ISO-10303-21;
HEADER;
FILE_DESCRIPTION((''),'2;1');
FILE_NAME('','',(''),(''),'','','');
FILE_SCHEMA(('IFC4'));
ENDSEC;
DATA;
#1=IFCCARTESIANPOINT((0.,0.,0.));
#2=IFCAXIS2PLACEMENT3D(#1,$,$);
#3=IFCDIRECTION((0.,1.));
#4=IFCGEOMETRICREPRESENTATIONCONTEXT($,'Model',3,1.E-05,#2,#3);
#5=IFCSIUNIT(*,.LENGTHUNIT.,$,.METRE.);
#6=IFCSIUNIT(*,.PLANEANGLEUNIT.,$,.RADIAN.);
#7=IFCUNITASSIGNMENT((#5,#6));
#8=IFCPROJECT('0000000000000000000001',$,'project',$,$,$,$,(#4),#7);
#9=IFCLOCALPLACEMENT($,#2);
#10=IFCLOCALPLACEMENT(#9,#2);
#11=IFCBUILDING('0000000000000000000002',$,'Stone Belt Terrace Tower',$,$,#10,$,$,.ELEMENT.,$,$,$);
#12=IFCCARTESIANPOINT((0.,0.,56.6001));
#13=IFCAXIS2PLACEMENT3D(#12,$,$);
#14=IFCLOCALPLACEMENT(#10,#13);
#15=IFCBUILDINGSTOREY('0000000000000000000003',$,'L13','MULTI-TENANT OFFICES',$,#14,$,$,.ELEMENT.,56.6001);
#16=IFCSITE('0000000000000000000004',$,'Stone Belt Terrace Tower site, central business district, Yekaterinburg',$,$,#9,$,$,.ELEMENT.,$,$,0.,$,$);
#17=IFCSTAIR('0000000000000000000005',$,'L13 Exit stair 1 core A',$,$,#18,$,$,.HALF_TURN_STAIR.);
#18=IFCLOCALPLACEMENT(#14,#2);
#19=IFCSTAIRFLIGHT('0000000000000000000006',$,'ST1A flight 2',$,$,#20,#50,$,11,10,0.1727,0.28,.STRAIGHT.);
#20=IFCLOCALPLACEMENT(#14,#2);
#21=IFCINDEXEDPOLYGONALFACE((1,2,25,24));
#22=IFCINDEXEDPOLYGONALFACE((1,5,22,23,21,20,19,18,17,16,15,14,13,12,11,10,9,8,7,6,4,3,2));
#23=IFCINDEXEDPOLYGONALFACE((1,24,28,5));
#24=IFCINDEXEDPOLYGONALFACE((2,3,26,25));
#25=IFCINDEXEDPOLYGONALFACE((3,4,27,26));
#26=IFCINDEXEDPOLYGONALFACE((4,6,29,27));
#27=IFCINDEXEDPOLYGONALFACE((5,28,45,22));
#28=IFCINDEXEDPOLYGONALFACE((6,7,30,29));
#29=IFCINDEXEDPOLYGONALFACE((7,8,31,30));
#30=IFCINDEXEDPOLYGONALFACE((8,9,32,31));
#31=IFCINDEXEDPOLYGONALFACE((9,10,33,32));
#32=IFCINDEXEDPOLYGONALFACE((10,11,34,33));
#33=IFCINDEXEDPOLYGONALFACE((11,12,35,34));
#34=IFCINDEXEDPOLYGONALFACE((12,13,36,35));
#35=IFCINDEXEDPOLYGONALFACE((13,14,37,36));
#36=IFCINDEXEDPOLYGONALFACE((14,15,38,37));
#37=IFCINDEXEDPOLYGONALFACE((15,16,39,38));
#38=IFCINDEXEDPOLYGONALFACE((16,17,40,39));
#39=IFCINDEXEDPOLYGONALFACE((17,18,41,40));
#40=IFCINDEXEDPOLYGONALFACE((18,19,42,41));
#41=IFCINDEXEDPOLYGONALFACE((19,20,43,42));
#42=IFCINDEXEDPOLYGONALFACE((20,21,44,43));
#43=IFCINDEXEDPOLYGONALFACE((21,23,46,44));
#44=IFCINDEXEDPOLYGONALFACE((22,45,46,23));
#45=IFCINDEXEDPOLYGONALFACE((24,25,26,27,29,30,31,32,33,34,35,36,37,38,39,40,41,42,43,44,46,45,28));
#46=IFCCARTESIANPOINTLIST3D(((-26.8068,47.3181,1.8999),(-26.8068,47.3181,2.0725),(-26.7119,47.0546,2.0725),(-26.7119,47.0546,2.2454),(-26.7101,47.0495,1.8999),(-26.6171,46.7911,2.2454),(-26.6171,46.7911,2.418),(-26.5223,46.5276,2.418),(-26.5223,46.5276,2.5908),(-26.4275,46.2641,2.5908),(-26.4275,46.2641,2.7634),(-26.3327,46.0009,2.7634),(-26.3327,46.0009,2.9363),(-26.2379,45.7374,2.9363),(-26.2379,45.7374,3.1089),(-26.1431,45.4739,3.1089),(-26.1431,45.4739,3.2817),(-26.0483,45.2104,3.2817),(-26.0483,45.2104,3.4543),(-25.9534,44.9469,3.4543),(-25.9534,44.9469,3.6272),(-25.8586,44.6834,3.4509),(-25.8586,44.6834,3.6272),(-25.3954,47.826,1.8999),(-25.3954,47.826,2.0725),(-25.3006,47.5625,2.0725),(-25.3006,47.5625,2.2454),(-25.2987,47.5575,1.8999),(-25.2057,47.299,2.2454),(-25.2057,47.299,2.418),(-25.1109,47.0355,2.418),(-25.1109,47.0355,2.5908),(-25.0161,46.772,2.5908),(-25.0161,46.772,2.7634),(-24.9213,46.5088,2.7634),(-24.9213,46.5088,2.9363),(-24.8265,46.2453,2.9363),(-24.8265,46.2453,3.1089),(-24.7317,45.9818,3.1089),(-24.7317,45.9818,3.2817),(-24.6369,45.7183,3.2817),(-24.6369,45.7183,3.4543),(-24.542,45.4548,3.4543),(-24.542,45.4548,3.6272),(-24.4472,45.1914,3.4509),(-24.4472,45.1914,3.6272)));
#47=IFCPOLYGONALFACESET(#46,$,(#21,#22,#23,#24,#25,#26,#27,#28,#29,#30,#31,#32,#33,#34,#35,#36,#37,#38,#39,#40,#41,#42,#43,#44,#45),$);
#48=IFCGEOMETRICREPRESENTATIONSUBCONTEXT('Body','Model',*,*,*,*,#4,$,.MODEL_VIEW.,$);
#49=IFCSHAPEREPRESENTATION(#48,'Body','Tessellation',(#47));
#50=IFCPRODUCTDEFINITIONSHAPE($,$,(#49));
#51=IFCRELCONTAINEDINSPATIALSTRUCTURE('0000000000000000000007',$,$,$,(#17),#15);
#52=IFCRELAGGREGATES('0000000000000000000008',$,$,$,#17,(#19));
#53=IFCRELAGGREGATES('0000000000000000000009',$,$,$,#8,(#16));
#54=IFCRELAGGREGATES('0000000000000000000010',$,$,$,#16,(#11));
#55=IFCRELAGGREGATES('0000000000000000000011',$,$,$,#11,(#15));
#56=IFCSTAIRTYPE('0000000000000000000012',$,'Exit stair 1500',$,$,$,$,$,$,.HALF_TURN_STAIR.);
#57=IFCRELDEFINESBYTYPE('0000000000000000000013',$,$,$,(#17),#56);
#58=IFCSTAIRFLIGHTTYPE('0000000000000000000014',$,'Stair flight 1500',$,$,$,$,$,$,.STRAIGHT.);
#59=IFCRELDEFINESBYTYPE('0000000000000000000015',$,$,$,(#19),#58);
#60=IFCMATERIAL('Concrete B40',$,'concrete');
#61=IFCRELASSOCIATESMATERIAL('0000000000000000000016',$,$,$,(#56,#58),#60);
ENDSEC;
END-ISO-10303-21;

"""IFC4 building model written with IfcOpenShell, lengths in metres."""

from ifc_helpers import new_model, si_unit, direction, frame, origin, place, context, subcontext, project, spatial, polyline, outline, extrude, material, type_object, element, aggregate, save


model = new_model("IFC4")

# Units and contexts
model_context = context("Model", 3, precision=1e-05, world=origin(), true_north=direction((0.0, 1.0)))
body_context = subcontext(model_context, "Body", "Model", "MODEL_VIEW")
ifc_project = project(units=[si_unit("LENGTHUNIT", "METRE"), si_unit("PLANEANGLEUNIT", "RADIAN")], contexts=[model_context])

# Site, building, storey
site_placement = place(None, origin())
site = spatial("IfcSite", under=ifc_project, at=site_placement, Name="Stone Belt Terrace Tower site, central business district, Yekaterinburg", CompositionType="ELEMENT", RefElevation=0.0)
building_placement = place(site_placement, origin())
building = spatial("IfcBuilding", under=site, at=building_placement, Name="Stone Belt Terrace Tower", CompositionType="ELEMENT")
storey_placement = place(building_placement, frame((0.0, 0.0, 56.6001)))
storey = spatial("IfcBuildingStorey", under=building, at=storey_placement, Name="L13", Description="MULTI-TENANT OFFICES", CompositionType="ELEMENT", Elevation=56.6001)

# Stair, stair flight
ifc_material_1 = material(Name="Concrete B40", Category="concrete")
stair_type = type_object("IfcStairType", Name="Exit stair 1500", PredefinedType="HALF_TURN_STAIR", material=ifc_material_1)
stair_placement = place(storey_placement, origin())
stair = element("IfcStair", 1, at=stair_placement, inside=storey, type_object=stair_type, Name="L13 Exit stair 1 core A", PredefinedType="HALF_TURN_STAIR")
stair_flight_type = type_object("IfcStairFlightType", Name="Stair flight 1500", PredefinedType="STRAIGHT", material=ifc_material_1)
stair_flight_1_placement = place(storey_placement, frame((-26.1011, 47.572, 1.8999), z_axis=(0.0, 0.0, 1.0), x_axis=(0.338624, -0.940922, 0.0)))
stair_flight_1 = element("IfcStairFlight", 2, at=stair_flight_1_placement, type_object=stair_flight_type, Name="ST1A flight 2", NumberOfRisers=11, NumberOfTreads=10, PredefinedType="STRAIGHT", RiserHeight=0.1727, TreadLength=0.28, context=body_context, shape_type="SweptSolid", body=[
    extrude(outline(polyline([(0.0, 0.0), (0.0, 0.1726), (0.28, 0.1726), (0.28, 0.3455), (0.5601, 0.3455), (0.5601, 0.5181), (0.8401, 0.5181), (0.8401, 0.6909), (1.1201, 0.6909), (1.1201, 0.8635), (1.3999, 0.8635), (1.3999, 1.0364), (1.6799, 1.0364), (1.6799, 1.209), (1.96, 1.209), (1.96, 1.3818), (2.24, 1.3818), (2.24, 1.5544), (2.52, 1.5544), (2.52, 1.7273), (2.8, 1.7273), (2.8, 1.8999), (2.8, 1.551), (0.2854, 0.0), (0.0, 0.0)])), frame((0.0, 0.75, 0.0), z_axis=(0.0, -1.0, 0.0), x_axis=(1.0, 0.0, 0.0)), (0.0, 0.0, 1.0), 1.5),
])
aggregate(stair, [stair_flight_1])

save(model, "model.ifc")
